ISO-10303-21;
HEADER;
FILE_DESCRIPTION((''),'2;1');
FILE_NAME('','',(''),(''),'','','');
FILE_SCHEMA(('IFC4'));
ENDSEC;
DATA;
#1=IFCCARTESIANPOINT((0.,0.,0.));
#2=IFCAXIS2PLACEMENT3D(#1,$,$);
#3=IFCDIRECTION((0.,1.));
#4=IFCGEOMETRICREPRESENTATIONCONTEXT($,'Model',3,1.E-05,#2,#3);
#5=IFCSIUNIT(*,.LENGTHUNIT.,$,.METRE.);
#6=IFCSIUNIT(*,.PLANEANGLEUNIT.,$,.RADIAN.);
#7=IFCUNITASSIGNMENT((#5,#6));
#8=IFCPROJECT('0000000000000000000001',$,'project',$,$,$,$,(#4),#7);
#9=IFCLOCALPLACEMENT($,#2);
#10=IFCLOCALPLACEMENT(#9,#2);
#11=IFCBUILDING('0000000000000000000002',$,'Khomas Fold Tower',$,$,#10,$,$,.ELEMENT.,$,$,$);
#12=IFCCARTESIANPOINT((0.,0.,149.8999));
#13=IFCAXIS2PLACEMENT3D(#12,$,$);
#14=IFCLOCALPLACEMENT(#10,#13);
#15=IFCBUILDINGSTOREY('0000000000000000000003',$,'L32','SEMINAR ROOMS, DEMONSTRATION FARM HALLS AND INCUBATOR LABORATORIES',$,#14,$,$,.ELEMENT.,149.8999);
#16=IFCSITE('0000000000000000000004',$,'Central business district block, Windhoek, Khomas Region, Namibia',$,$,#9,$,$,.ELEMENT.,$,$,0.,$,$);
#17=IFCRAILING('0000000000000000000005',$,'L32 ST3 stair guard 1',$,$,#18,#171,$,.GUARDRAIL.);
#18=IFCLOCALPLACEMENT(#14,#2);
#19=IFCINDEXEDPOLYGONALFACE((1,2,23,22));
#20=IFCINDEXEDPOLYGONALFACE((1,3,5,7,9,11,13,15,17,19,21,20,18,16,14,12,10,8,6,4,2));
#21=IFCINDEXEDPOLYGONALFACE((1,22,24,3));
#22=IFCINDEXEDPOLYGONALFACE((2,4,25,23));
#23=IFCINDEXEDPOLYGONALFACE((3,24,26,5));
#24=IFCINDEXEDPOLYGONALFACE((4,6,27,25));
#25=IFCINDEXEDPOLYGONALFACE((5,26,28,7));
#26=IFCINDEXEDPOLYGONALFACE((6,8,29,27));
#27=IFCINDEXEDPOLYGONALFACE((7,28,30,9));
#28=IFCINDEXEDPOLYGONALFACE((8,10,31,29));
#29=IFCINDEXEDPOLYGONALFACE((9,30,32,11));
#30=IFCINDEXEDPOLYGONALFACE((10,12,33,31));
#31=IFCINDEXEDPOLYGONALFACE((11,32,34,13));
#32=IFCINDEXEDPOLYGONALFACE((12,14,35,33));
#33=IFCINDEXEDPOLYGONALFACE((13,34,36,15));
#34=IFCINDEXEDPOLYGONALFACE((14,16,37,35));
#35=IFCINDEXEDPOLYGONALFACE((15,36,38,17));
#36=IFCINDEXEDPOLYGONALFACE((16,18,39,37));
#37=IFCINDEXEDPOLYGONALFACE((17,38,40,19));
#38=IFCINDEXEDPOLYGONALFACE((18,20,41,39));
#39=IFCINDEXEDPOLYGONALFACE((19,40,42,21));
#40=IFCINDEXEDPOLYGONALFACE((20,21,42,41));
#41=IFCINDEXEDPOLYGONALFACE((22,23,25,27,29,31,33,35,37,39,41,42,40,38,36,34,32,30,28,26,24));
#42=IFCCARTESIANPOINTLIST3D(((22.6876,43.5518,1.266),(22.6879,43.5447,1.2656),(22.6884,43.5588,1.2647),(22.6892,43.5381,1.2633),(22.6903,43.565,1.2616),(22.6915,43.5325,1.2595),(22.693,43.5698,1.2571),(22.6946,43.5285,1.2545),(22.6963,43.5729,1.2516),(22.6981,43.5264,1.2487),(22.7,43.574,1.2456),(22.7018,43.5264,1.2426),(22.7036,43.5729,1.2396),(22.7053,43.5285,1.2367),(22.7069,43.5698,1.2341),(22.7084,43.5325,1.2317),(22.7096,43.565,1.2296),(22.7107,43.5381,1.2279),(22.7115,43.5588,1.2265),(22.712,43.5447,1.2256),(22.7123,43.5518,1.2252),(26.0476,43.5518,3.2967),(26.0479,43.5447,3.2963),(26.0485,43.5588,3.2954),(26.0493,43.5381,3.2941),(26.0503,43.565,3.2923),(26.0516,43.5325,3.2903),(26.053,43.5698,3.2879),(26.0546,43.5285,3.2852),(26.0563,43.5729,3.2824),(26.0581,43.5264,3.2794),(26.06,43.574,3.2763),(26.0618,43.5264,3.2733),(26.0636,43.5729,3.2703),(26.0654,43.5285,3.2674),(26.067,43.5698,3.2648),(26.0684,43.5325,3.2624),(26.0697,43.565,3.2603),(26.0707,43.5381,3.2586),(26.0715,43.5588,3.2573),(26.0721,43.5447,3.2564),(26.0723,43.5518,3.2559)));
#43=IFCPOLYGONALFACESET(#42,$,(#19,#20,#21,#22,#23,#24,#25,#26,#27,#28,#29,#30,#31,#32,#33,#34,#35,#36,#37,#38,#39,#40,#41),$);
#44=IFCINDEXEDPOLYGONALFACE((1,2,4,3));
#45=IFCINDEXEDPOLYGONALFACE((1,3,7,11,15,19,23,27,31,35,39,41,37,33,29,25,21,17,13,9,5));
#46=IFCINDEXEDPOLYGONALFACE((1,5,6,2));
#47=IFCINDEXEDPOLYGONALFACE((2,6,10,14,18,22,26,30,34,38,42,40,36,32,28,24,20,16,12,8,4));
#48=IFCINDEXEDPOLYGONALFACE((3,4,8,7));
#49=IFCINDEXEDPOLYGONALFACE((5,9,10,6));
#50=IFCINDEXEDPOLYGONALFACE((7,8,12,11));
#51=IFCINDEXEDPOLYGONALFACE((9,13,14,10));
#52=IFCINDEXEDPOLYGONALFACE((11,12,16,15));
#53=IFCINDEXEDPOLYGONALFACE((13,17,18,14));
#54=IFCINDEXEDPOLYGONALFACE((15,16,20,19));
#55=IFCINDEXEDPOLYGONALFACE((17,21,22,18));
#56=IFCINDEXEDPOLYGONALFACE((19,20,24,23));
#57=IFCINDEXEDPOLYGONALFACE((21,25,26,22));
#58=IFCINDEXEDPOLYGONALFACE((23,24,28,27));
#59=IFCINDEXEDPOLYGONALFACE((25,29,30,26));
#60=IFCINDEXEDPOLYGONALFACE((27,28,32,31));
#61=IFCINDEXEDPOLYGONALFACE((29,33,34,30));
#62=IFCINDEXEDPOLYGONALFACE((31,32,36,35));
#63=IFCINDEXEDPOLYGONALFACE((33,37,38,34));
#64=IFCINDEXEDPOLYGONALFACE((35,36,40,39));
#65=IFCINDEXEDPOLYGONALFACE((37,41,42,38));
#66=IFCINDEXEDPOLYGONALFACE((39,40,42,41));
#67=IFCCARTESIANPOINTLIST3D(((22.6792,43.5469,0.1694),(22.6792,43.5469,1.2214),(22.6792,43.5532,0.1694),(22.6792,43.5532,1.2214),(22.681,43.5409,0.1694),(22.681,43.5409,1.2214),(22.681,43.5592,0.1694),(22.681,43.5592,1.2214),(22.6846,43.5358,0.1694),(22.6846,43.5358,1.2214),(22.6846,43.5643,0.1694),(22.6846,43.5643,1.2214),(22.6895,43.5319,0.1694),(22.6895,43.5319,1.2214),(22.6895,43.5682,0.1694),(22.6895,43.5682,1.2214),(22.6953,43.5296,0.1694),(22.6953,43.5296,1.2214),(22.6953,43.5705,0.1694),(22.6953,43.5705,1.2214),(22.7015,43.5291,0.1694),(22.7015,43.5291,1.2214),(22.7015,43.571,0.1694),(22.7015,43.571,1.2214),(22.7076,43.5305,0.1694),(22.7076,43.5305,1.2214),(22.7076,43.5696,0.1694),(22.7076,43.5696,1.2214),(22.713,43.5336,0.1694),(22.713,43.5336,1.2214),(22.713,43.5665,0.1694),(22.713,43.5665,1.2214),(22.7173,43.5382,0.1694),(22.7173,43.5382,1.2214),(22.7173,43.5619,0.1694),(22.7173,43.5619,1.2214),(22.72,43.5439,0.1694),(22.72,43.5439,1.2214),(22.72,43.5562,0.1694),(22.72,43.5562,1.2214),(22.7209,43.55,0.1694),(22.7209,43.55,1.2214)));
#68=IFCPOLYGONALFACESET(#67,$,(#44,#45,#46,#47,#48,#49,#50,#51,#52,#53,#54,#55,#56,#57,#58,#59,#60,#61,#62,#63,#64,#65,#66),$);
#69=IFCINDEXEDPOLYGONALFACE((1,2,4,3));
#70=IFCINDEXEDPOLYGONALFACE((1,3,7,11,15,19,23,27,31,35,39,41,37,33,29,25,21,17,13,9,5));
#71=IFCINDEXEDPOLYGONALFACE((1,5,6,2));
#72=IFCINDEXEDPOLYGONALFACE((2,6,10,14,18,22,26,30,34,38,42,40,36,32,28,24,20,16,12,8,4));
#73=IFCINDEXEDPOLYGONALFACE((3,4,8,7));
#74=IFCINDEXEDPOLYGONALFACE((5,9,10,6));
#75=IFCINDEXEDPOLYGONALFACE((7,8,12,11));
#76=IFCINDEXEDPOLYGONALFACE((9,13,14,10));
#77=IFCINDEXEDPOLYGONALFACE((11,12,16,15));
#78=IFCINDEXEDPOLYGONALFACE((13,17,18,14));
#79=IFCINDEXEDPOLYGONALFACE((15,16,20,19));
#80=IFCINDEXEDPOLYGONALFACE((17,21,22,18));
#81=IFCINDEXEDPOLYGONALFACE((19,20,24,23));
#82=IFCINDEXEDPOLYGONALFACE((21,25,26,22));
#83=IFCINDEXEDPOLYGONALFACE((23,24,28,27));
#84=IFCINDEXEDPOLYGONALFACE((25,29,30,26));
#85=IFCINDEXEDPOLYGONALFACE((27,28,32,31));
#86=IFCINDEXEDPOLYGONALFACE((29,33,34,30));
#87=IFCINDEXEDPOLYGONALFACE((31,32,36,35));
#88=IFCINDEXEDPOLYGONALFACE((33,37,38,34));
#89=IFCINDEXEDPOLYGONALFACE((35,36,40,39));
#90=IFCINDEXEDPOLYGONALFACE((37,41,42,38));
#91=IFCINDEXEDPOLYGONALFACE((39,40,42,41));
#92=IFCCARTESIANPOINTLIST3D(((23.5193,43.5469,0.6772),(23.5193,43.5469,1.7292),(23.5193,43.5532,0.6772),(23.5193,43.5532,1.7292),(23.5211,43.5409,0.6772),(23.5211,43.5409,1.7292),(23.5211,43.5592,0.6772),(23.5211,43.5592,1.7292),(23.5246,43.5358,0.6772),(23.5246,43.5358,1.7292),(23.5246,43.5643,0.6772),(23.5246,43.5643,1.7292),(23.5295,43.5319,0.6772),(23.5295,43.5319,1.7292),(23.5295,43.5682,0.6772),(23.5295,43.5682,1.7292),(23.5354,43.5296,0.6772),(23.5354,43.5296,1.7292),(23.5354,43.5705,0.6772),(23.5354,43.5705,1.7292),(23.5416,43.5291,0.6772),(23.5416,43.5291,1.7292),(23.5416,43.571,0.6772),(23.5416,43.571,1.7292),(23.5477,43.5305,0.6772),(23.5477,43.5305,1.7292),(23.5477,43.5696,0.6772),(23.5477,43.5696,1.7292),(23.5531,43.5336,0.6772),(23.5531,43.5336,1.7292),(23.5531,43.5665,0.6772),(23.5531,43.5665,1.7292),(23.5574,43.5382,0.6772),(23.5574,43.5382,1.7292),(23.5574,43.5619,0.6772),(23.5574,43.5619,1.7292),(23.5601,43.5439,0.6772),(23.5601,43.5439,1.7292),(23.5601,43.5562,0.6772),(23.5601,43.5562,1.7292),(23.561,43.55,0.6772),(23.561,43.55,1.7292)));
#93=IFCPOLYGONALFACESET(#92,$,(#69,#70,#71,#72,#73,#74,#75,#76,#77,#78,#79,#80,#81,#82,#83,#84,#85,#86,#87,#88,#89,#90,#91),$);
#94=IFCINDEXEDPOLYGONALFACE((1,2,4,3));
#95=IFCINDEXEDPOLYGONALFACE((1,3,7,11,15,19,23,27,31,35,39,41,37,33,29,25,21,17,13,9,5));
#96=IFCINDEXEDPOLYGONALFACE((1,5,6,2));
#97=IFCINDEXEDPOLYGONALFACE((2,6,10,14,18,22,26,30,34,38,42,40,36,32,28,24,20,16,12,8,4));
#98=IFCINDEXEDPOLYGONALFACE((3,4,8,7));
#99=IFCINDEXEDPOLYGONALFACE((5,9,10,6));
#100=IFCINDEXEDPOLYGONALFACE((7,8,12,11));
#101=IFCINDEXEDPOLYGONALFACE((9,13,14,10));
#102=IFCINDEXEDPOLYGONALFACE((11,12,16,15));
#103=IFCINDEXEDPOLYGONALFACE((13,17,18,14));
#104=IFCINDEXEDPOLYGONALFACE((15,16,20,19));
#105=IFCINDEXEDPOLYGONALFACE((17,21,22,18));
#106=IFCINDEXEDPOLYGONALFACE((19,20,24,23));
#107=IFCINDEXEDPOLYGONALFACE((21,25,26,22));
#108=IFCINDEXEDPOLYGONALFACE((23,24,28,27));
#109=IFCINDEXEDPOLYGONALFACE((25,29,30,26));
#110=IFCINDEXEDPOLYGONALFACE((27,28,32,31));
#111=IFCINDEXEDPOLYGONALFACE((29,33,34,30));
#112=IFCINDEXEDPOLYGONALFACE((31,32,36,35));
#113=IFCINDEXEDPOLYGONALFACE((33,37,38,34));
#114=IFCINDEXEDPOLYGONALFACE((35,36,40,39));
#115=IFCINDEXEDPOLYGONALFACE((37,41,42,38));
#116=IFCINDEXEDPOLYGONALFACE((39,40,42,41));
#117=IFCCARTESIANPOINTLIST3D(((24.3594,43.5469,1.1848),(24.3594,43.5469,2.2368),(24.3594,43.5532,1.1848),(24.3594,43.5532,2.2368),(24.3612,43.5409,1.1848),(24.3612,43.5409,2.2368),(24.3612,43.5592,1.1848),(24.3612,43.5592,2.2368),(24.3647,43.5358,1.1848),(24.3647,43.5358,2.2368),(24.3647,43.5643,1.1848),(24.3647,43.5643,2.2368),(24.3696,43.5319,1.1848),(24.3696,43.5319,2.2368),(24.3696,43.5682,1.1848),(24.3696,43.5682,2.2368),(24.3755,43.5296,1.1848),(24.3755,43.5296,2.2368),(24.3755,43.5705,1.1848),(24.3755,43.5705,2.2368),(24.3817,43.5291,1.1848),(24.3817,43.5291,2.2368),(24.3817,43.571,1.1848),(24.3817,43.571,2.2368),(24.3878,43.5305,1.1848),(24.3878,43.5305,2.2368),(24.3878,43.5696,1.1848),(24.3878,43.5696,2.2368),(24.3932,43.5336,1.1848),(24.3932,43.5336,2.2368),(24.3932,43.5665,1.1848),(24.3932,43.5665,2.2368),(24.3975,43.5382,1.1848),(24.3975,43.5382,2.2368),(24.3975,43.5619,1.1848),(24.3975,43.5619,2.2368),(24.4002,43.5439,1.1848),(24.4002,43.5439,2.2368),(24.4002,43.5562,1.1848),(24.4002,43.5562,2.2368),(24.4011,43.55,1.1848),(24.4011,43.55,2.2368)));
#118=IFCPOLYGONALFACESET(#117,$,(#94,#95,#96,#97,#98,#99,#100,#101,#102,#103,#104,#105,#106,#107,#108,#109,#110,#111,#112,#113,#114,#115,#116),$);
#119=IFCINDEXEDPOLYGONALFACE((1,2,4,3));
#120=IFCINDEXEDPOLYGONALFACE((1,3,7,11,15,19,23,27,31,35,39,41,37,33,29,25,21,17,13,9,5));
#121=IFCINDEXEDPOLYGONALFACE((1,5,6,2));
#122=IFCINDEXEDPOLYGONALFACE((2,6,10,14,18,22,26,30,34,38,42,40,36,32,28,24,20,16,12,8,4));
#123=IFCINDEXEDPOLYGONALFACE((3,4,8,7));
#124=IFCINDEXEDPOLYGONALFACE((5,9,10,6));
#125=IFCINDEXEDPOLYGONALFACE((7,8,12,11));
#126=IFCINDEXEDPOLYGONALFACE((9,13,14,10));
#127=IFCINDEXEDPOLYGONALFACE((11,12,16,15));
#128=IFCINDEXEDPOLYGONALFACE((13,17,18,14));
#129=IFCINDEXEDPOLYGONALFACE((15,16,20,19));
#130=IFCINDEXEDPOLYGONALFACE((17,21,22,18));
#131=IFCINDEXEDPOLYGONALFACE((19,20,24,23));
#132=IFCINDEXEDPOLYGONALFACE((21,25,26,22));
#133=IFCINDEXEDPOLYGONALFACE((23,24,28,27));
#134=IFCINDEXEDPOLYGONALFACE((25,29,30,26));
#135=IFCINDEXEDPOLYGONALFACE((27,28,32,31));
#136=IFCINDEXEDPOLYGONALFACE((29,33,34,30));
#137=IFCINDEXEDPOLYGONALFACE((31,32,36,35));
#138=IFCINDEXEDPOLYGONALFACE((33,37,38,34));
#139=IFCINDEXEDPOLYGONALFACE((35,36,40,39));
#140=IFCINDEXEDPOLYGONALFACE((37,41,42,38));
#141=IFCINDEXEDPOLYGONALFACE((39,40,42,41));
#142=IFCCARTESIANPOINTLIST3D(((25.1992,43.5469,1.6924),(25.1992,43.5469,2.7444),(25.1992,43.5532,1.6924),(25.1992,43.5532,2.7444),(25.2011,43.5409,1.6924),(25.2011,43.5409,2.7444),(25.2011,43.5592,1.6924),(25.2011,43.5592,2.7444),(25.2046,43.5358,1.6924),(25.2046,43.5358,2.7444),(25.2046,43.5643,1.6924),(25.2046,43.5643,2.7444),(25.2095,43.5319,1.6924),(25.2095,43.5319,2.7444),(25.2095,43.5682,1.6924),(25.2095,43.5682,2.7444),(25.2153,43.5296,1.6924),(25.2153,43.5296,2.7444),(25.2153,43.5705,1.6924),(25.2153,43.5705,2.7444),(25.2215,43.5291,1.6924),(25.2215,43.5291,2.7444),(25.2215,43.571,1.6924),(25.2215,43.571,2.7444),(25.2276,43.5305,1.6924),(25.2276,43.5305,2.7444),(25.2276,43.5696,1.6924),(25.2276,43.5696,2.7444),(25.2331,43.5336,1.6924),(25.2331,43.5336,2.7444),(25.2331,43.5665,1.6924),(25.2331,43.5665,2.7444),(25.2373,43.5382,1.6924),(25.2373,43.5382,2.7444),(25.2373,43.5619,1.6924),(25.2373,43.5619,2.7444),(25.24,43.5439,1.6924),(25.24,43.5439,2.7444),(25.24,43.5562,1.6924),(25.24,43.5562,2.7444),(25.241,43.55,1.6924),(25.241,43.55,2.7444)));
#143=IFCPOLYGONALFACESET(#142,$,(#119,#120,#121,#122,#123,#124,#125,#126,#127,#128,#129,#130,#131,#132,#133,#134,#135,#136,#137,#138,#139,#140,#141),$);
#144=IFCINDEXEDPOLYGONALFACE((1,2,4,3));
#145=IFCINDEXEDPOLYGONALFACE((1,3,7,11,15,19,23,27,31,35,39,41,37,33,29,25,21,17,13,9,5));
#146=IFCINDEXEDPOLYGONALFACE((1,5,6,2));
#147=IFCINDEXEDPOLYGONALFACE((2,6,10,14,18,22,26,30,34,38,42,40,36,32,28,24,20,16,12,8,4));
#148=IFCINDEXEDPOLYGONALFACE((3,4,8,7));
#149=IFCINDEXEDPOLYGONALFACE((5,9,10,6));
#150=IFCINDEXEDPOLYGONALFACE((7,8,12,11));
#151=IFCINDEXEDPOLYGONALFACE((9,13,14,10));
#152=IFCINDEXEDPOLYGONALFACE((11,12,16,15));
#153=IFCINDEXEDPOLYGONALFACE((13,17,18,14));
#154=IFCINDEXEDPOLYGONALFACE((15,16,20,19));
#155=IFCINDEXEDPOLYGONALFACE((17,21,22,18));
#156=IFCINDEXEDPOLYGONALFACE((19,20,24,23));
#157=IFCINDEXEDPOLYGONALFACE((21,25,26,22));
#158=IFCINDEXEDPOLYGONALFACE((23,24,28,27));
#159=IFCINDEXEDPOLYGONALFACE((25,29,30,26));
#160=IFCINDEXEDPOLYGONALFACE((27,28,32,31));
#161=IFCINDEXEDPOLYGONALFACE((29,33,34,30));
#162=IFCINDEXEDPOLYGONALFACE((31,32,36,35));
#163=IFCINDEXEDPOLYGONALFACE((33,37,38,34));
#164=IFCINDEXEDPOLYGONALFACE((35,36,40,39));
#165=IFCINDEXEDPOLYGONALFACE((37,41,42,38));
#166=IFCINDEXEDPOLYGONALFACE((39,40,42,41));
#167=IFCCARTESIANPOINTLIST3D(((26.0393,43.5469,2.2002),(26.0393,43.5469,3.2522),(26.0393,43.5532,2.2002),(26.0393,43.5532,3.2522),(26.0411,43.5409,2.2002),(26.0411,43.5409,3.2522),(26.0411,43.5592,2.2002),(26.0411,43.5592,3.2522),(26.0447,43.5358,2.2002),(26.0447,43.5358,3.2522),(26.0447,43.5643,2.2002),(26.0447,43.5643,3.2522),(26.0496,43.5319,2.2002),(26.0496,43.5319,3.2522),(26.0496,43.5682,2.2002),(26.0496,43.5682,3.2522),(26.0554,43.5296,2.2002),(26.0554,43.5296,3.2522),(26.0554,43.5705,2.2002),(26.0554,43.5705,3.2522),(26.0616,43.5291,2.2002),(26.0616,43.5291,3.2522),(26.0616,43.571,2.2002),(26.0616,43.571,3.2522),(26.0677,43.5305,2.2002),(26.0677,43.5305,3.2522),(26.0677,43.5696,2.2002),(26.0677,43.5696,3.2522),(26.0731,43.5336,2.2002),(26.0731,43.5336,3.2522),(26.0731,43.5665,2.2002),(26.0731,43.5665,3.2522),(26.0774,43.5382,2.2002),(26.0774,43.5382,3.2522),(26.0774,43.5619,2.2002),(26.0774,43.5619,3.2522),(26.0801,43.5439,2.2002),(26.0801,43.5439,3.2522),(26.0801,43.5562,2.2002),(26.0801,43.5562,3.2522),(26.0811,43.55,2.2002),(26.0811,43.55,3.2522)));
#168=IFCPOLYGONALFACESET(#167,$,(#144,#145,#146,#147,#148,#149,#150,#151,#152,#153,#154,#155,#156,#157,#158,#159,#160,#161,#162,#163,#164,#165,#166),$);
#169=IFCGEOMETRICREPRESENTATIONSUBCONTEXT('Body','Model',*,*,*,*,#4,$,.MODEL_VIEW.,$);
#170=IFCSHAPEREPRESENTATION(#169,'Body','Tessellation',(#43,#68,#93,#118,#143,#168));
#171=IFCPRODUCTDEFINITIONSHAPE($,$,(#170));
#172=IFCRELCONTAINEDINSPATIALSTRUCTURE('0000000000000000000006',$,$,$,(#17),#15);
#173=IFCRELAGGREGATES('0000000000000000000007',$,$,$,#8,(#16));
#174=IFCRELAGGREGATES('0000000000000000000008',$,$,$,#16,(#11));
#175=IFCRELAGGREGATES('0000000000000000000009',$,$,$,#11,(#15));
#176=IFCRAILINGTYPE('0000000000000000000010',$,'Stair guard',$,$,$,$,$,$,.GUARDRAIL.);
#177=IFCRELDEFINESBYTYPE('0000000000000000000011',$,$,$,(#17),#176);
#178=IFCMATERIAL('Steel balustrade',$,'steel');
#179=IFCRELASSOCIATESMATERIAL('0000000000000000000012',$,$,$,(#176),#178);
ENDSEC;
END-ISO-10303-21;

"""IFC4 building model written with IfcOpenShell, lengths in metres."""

from ifc_helpers import new_model, si_unit, direction, frame, origin, origin_2d, place, context, subcontext, project, spatial, circle, extrude, source, transform, mapped, material, type_object, element, save


model = new_model("IFC4")

# Units and contexts
model_context = context("Model", 3, precision=1e-05, world=origin(), true_north=direction((0.0, 1.0)))
body_context = subcontext(model_context, "Body", "Model", "MODEL_VIEW")
ifc_project = project(units=[si_unit("LENGTHUNIT", "METRE"), si_unit("PLANEANGLEUNIT", "RADIAN")], contexts=[model_context])

# Site, building, storey
site_placement = place(None, origin())
site = spatial("IfcSite", under=ifc_project, at=site_placement, Name="Central business district block, Windhoek, Khomas Region, Namibia", CompositionType="ELEMENT", RefElevation=0.0)
building_placement = place(site_placement, origin())
building = spatial("IfcBuilding", under=site, at=building_placement, Name="Khomas Fold Tower", CompositionType="ELEMENT")
storey_placement = place(building_placement, frame((0.0, 0.0, 149.8999)))
storey = spatial("IfcBuildingStorey", under=building, at=storey_placement, Name="L32", Description="SEMINAR ROOMS, DEMONSTRATION FARM HALLS AND INCUBATOR LABORATORIES", CompositionType="ELEMENT", Elevation=149.8999)

# Railing
ifc_material_1 = material(Name="Steel balustrade", Category="steel")
railing_type_1 = type_object("IfcRailingType", Name="Stair guard", PredefinedType="GUARDRAIL", material=ifc_material_1)
shared_shape_1 = source(origin(), body_context, "Body", "SweptSolid", [
    extrude(circle(Radius=0.0239, at=origin_2d()), frame((0.0, 0.0, 1.0762), z_axis=(0.855837, 0.0, 0.517246), x_axis=(0.0, 1.0, 0.0)), (0.0, 0.0, 1.0), 3.926),
    extrude(circle(Radius=0.021, at=origin_2d()), origin(), (0.0, 0.0, 1.0), 1.052),
    extrude(circle(Radius=0.021, at=origin_2d()), frame((0.8401, 0.0, 0.5078)), (0.0, 0.0, 1.0), 1.052),
    extrude(circle(Radius=0.021, at=origin_2d()), frame((1.6802, 0.0, 1.0154)), (0.0, 0.0, 1.0), 1.052),
    extrude(circle(Radius=0.021, at=origin_2d()), frame((2.52, 0.0, 1.5229)), (0.0, 0.0, 1.0), 1.052),
    extrude(circle(Radius=0.021, at=origin_2d()), frame((3.3601, 0.0, 2.0308)), (0.0, 0.0, 1.0), 1.052),
])
railing_1_placement = place(storey_placement, frame((22.7, 43.55, 0.1694)))
element("IfcRailing", 1, at=railing_1_placement, inside=storey, type_object=railing_type_1, Name="L32 ST3 stair guard 1", PredefinedType="GUARDRAIL", context=body_context, shape_type="MappedRepresentation", body=[
    mapped(shared_shape_1, transform((0.0, 0.0, 0.0))),
])

save(model, "model.ifc")
